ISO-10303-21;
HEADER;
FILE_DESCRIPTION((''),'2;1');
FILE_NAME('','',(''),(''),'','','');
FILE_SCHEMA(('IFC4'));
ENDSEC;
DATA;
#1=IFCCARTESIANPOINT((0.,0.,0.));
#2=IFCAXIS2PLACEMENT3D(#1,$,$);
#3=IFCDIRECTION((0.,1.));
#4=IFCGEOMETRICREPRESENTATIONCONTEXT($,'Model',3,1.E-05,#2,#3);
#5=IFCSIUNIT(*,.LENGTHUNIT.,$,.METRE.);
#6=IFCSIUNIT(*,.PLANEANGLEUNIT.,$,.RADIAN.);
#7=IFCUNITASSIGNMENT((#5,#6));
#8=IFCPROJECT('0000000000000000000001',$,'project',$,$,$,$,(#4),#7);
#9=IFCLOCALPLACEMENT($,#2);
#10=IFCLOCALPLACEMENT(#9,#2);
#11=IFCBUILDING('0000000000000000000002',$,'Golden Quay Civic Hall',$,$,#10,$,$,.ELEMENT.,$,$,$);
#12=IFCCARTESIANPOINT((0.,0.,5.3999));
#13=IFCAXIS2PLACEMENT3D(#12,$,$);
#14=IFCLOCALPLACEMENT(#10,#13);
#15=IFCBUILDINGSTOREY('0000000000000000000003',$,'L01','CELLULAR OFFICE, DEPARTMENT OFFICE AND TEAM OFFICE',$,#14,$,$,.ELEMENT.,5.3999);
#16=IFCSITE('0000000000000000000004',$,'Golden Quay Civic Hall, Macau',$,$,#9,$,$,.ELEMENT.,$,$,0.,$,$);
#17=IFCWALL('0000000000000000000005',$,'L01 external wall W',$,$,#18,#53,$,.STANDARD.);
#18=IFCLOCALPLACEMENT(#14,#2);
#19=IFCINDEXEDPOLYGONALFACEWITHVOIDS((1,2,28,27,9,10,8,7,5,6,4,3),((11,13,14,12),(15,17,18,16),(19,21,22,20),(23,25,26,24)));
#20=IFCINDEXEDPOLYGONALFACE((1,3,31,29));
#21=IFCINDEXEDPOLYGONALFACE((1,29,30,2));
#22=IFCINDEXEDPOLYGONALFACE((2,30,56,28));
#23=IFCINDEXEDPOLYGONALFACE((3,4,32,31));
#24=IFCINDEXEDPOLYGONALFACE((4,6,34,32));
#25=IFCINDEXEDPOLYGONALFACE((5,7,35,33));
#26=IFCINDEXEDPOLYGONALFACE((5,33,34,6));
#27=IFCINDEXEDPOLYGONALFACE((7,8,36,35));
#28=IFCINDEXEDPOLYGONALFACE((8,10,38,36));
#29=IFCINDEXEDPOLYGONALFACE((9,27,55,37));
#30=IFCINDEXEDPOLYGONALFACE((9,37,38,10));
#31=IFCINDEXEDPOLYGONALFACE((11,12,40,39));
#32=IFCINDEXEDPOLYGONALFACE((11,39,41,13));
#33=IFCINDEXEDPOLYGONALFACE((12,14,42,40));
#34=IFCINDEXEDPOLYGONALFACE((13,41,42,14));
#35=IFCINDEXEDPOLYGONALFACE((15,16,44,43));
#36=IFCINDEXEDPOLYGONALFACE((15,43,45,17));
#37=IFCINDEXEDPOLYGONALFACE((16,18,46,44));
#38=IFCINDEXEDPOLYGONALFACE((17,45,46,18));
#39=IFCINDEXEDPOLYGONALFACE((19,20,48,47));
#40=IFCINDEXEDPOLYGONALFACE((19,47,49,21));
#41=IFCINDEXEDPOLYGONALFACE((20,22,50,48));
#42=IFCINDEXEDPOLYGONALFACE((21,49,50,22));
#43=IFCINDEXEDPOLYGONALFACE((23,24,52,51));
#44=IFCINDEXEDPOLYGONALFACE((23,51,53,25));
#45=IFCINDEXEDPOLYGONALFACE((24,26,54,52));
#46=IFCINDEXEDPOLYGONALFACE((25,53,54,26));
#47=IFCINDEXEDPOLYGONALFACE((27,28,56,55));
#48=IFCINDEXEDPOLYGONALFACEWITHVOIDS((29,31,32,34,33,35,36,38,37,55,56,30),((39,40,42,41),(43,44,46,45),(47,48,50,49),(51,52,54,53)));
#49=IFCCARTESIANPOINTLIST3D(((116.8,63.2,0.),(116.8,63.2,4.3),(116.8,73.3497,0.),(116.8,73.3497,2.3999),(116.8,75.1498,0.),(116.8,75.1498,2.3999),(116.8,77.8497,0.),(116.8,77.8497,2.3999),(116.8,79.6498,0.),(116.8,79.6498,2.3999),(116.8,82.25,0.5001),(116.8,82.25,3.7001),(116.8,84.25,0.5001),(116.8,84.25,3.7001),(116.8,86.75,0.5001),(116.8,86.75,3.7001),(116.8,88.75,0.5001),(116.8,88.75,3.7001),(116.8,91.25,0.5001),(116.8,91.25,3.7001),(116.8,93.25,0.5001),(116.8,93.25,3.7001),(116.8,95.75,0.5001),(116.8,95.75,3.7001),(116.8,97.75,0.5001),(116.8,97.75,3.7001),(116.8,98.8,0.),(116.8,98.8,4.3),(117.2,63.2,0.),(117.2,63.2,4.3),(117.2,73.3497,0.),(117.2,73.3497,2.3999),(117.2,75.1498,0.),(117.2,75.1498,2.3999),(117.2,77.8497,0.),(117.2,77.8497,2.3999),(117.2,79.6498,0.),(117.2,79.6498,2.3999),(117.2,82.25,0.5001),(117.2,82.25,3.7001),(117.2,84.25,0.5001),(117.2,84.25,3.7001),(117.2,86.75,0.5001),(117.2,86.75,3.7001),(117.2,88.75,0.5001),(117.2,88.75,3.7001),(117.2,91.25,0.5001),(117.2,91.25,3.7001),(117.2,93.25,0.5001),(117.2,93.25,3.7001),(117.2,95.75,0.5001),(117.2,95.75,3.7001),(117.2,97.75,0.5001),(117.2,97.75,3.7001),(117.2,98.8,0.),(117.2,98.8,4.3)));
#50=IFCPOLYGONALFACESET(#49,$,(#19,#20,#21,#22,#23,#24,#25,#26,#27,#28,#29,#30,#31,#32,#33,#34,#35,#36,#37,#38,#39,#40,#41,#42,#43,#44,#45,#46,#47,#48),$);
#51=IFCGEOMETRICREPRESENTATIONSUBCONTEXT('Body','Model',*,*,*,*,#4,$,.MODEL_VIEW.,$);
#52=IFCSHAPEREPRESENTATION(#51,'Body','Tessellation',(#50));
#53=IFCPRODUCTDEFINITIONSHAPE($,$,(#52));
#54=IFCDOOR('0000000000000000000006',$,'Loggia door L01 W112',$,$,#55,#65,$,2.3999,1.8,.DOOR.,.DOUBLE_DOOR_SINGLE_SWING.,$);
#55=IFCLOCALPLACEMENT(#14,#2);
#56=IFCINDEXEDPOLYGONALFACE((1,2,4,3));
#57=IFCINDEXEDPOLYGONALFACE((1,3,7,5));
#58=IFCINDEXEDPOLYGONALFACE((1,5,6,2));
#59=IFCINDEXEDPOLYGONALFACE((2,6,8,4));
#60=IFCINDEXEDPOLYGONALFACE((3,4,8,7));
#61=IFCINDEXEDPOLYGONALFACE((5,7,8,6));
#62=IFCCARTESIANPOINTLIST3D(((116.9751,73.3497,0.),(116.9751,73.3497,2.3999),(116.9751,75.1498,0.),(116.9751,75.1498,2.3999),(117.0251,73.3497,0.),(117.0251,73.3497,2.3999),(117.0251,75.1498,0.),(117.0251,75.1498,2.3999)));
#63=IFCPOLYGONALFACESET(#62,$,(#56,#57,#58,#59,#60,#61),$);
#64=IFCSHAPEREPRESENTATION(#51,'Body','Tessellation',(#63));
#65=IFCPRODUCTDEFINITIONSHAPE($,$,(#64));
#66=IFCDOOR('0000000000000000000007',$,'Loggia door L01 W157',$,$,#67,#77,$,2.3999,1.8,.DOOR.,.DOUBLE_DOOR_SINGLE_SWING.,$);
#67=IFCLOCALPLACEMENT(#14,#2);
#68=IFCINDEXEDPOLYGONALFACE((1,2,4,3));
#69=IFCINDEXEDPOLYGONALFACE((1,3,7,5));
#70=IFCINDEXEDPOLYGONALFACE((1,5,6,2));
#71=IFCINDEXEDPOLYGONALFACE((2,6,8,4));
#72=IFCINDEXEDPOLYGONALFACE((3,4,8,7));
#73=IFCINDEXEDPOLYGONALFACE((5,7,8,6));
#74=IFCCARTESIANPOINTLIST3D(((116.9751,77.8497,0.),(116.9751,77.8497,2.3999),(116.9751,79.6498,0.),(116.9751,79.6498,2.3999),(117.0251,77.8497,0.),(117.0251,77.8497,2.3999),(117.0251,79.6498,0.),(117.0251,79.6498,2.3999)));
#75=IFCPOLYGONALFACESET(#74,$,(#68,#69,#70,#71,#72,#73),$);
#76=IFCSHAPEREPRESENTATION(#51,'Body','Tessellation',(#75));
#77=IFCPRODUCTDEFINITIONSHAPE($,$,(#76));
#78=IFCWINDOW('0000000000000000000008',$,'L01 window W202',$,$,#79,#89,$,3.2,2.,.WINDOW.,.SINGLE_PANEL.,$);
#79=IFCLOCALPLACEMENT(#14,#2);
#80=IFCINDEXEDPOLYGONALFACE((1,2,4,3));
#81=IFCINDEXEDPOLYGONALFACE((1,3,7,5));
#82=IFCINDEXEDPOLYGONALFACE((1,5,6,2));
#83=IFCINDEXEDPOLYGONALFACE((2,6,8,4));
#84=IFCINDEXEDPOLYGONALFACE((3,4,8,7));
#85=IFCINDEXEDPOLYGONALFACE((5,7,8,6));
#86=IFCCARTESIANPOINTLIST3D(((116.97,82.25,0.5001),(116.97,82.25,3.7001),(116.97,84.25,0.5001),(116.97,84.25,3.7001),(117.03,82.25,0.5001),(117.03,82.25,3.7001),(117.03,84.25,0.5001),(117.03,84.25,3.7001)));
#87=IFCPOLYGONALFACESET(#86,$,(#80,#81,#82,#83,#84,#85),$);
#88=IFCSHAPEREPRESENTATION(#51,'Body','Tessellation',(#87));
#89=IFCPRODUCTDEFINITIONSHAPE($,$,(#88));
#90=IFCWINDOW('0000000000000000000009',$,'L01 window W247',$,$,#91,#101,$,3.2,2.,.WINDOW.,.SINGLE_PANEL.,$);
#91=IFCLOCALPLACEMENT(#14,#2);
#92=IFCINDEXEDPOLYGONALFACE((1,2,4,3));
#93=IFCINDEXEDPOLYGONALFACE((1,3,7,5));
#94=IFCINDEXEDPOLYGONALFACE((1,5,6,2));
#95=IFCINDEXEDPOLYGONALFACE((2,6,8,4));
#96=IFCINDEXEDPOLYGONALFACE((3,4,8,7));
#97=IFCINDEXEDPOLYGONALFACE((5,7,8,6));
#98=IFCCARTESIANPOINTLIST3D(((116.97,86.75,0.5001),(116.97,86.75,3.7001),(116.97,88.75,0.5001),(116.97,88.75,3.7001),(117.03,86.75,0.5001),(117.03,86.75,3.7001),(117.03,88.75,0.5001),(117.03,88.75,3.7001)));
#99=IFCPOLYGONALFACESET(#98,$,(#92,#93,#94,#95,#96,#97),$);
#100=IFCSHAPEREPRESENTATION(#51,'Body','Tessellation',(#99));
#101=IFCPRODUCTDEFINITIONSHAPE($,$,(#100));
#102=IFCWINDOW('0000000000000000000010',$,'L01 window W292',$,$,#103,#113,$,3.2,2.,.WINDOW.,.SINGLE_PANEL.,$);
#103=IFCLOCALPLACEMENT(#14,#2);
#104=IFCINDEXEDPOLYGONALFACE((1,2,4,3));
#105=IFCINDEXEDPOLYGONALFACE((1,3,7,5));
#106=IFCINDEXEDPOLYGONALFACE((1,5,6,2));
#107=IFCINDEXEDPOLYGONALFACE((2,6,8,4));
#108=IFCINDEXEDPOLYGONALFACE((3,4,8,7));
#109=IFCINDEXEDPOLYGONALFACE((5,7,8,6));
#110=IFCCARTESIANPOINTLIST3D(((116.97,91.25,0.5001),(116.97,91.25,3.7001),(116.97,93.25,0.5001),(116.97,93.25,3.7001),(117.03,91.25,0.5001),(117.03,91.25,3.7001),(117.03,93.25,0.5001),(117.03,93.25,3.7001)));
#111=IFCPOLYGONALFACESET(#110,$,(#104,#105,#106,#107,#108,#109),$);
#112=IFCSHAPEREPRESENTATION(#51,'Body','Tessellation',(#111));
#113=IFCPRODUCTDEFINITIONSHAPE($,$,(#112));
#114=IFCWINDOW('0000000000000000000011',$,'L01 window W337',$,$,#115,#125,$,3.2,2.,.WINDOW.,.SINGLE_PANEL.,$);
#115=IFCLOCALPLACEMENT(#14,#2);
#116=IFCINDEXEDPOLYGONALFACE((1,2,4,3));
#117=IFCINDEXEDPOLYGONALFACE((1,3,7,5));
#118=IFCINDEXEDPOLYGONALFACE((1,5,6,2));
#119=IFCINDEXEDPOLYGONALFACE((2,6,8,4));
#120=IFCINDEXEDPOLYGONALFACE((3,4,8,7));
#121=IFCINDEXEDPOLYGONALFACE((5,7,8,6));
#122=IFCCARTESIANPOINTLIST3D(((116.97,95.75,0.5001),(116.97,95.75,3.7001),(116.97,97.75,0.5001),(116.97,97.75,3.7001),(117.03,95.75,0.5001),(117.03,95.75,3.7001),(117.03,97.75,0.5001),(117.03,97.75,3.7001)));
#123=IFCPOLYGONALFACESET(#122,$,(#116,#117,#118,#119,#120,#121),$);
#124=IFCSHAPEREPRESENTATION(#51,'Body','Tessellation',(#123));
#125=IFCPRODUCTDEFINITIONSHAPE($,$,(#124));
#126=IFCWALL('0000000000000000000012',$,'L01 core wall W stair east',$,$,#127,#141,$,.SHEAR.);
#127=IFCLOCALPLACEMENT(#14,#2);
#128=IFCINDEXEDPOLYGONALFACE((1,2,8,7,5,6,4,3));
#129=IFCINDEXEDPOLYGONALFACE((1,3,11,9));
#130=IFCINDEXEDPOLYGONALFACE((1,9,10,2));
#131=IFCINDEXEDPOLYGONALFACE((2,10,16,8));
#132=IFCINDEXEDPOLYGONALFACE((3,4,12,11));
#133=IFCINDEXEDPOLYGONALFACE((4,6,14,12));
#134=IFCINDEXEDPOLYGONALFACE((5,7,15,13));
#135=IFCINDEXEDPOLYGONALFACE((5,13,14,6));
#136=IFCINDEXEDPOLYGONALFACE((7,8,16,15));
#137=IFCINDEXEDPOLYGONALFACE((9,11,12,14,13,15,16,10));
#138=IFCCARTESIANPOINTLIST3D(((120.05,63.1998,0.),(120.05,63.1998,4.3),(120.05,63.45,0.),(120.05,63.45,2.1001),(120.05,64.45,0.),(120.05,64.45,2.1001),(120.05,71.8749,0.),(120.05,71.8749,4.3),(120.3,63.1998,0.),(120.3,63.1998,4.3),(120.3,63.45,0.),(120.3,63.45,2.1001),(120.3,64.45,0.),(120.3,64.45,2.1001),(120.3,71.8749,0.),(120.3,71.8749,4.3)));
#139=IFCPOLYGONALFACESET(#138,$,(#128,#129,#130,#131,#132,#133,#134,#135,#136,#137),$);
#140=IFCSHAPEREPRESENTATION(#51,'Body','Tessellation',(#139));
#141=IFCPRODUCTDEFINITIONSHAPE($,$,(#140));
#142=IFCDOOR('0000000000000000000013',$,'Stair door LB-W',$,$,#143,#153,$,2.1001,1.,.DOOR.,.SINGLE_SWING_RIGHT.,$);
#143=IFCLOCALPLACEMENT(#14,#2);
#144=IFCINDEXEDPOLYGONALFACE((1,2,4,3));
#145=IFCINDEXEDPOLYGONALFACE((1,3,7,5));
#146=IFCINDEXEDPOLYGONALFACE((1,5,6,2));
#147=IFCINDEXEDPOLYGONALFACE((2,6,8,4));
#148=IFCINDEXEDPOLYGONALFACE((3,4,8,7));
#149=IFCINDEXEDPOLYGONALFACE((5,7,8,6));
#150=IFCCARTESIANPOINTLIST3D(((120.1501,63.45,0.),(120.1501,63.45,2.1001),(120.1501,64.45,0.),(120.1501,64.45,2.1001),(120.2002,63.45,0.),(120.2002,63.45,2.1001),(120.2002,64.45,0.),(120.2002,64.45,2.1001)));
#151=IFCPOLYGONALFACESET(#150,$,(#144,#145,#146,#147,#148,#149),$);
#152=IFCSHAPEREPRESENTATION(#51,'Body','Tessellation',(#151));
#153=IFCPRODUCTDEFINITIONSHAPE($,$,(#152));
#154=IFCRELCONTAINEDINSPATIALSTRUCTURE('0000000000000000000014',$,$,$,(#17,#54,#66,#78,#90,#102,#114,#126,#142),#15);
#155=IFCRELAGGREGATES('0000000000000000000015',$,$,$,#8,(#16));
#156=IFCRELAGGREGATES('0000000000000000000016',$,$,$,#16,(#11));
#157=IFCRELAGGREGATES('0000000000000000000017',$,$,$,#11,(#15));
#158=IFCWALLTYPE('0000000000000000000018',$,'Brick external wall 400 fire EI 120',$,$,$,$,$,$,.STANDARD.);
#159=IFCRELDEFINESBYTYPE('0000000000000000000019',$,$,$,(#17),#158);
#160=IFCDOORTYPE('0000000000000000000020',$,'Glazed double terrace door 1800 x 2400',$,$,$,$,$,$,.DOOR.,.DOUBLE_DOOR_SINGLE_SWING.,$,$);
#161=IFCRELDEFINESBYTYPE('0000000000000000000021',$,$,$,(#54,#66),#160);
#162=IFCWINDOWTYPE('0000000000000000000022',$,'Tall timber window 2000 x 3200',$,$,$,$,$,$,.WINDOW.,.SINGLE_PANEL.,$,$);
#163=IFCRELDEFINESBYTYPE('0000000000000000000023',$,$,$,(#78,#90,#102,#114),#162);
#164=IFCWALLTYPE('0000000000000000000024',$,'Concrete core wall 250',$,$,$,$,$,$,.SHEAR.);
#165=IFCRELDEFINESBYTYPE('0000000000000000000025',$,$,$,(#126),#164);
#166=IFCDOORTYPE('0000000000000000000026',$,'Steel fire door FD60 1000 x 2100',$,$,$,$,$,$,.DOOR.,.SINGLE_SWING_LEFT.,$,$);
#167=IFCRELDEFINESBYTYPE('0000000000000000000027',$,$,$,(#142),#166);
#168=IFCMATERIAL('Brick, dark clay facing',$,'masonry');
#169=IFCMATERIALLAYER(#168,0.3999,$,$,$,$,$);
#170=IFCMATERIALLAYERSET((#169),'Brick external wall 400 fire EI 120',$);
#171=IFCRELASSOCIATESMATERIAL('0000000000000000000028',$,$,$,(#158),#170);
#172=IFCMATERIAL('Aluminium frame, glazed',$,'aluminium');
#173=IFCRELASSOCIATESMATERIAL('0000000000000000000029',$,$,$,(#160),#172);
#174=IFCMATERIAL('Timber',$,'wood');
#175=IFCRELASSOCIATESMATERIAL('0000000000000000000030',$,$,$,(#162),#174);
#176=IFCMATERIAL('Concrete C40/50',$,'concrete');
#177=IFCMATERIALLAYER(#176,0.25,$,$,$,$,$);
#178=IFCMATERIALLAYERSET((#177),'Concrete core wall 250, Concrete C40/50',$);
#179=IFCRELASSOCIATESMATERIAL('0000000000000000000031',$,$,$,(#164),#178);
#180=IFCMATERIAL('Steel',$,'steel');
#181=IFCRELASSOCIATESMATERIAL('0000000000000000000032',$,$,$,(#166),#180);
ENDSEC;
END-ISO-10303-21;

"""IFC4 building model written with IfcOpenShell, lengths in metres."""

from ifc_helpers import new_model, si_unit, direction, frame, frame_2d, origin, place, context, subcontext, project, spatial, rectangle, extrude, material, layer, layer_set, type_object, element, fill, save


model = new_model("IFC4")

# Units and contexts
model_context = context("Model", 3, precision=1e-05, world=origin(), true_north=direction((0.0, 1.0)))
body_context = subcontext(model_context, "Body", "Model", "MODEL_VIEW")
ifc_project = project(units=[si_unit("LENGTHUNIT", "METRE"), si_unit("PLANEANGLEUNIT", "RADIAN")], contexts=[model_context])

# Site, building, storey
site_placement = place(None, origin())
site = spatial("IfcSite", under=ifc_project, at=site_placement, Name="Golden Quay Civic Hall, Macau", CompositionType="ELEMENT", RefElevation=0.0)
building_placement = place(site_placement, origin())
building = spatial("IfcBuilding", under=site, at=building_placement, Name="Golden Quay Civic Hall", CompositionType="ELEMENT")
storey_placement = place(building_placement, frame((0.0, 0.0, 5.3999)))
storey = spatial("IfcBuildingStorey", under=building, at=storey_placement, Name="L01", Description="CELLULAR OFFICE, DEPARTMENT OFFICE AND TEAM OFFICE", CompositionType="ELEMENT", Elevation=5.3999)

# Wall, openings, doors, windows
ifc_material_1 = material(Name="Brick, dark clay facing", Category="masonry")
ifc_layer_1 = layer(ifc_material_1, 0.3999)
ifc_layer_set_1 = layer_set([ifc_layer_1], Name="Brick external wall 400 fire EI 120")
wall_type_1 = type_object("IfcWallType", Name="Brick external wall 400 fire EI 120", PredefinedType="STANDARD", material=ifc_layer_set_1)
wall_1_placement = place(storey_placement, frame((117.0, 63.2, 0.0), z_axis=(0.0, 0.0, 1.0), x_axis=(0.0, 1.0, 0.0)))
wall_1 = element("IfcWall", 1, at=wall_1_placement, inside=storey, type_object=wall_type_1, Name="L01 external wall W", PredefinedType="STANDARD", context=body_context, shape_type="SweptSolid", body=[
    extrude(rectangle(XDim=35.6001, YDim=0.3999, at=frame_2d((17.8, 0.0))), origin(), (0.0, 0.0, 1.0), 4.3),
])
opening_1_placement = place(wall_1_placement, frame((19.05, 0.0, 0.5)))
opening_1 = element("IfcOpeningElement", 2, at=opening_1_placement, cuts=wall_1, PredefinedType="OPENING", context=body_context, shape_type="SweptSolid", body=[
    extrude(rectangle(XDim=2.0, YDim=3.2, at=frame_2d((1.0, 1.6001))), frame((0.0, 0.21, 0.0), z_axis=(0.0, -1.0, 0.0), x_axis=(1.0, 0.0, 0.0)), (0.0, 0.0, 1.0), 0.4199),
])
opening_2_placement = place(wall_1_placement, frame((23.55, 0.0, 0.5)))
opening_2 = element("IfcOpeningElement", 3, at=opening_2_placement, cuts=wall_1, PredefinedType="OPENING", context=body_context, shape_type="SweptSolid", body=[
    extrude(rectangle(XDim=2.0, YDim=3.2, at=frame_2d((1.0, 1.6001))), frame((0.0, 0.21, 0.0), z_axis=(0.0, -1.0, 0.0), x_axis=(1.0, 0.0, 0.0)), (0.0, 0.0, 1.0), 0.4199),
])
opening_3_placement = place(wall_1_placement, frame((28.05, 0.0, 0.5)))
opening_3 = element("IfcOpeningElement", 4, at=opening_3_placement, cuts=wall_1, PredefinedType="OPENING", context=body_context, shape_type="SweptSolid", body=[
    extrude(rectangle(XDim=2.0, YDim=3.2, at=frame_2d((1.0, 1.6001))), frame((0.0, 0.21, 0.0), z_axis=(0.0, -1.0, 0.0), x_axis=(1.0, 0.0, 0.0)), (0.0, 0.0, 1.0), 0.4199),
])
opening_4_placement = place(wall_1_placement, frame((32.55, 0.0, 0.5)))
opening_4 = element("IfcOpeningElement", 5, at=opening_4_placement, cuts=wall_1, PredefinedType="OPENING", context=body_context, shape_type="SweptSolid", body=[
    extrude(rectangle(XDim=2.0, YDim=3.2, at=frame_2d((1.0, 1.6001))), frame((0.0, 0.21, 0.0), z_axis=(0.0, -1.0, 0.0), x_axis=(1.0, 0.0, 0.0)), (0.0, 0.0, 1.0), 0.4199),
])
opening_5_placement = place(wall_1_placement, frame((10.1499, 0.0, 0.0)))
opening_5 = element("IfcOpeningElement", 6, at=opening_5_placement, cuts=wall_1, PredefinedType="OPENING", context=body_context, shape_type="SweptSolid", body=[
    extrude(rectangle(XDim=1.8, YDim=2.3999, at=frame_2d((0.8999, 1.2))), frame((0.0, 0.21, 0.0), z_axis=(0.0, -1.0, 0.0), x_axis=(1.0, 0.0, 0.0)), (0.0, 0.0, 1.0), 0.4199),
])
opening_6_placement = place(wall_1_placement, frame((14.6499, 0.0, 0.0)))
opening_6 = element("IfcOpeningElement", 7, at=opening_6_placement, cuts=wall_1, PredefinedType="OPENING", context=body_context, shape_type="SweptSolid", body=[
    extrude(rectangle(XDim=1.8, YDim=2.3999, at=frame_2d((0.8999, 1.2))), frame((0.0, 0.21, 0.0), z_axis=(0.0, -1.0, 0.0), x_axis=(1.0, 0.0, 0.0)), (0.0, 0.0, 1.0), 0.4199),
])
ifc_material_2 = material(Name="Aluminium frame, glazed", Category="aluminium")
door_type_1 = type_object("IfcDoorType", Name="Glazed double terrace door 1800 x 2400", OperationType="DOUBLE_DOOR_SINGLE_SWING", PredefinedType="DOOR", material=ifc_material_2)
door_1_placement = place(opening_5_placement, origin())
door_1 = element("IfcDoor", 8, at=door_1_placement, inside=storey, type_object=door_type_1, Name="Loggia door L01 W112", OperationType="DOUBLE_DOOR_SINGLE_SWING", OverallHeight=2.3999, OverallWidth=1.8, PredefinedType="DOOR", context=body_context, shape_type="SweptSolid", body=[
    extrude(rectangle(XDim=1.8, YDim=2.3999, at=frame_2d((0.8999, 1.2))), frame((0.0, 0.0249, 0.0), z_axis=(0.0, -1.0, 0.0), x_axis=(1.0, 0.0, 0.0)), (0.0, 0.0, 1.0), 0.05),
])
fill(opening_5, door_1)
door_2_placement = place(opening_6_placement, origin())
door_2 = element("IfcDoor", 9, at=door_2_placement, inside=storey, type_object=door_type_1, Name="Loggia door L01 W157", OperationType="DOUBLE_DOOR_SINGLE_SWING", OverallHeight=2.3999, OverallWidth=1.8, PredefinedType="DOOR", context=body_context, shape_type="SweptSolid", body=[
    extrude(rectangle(XDim=1.8, YDim=2.3999, at=frame_2d((0.8999, 1.2))), frame((0.0, 0.0249, 0.0), z_axis=(0.0, -1.0, 0.0), x_axis=(1.0, 0.0, 0.0)), (0.0, 0.0, 1.0), 0.05),
])
fill(opening_6, door_2)
ifc_material_3 = material(Name="Timber", Category="wood")
window_type = type_object("IfcWindowType", Name="Tall timber window 2000 x 3200", PartitioningType="SINGLE_PANEL", PredefinedType="WINDOW", material=ifc_material_3)
window_1_placement = place(opening_1_placement, origin())
window_1 = element("IfcWindow", 10, at=window_1_placement, inside=storey, type_object=window_type, Name="L01 window W202", OverallHeight=3.2, OverallWidth=2.0, PartitioningType="SINGLE_PANEL", PredefinedType="WINDOW", context=body_context, shape_type="SweptSolid", body=[
    extrude(rectangle(XDim=2.0, YDim=3.2, at=frame_2d((1.0, 1.6001))), frame((0.0, 0.03, 0.0), z_axis=(0.0, -1.0, 0.0), x_axis=(1.0, 0.0, 0.0)), (0.0, 0.0, 1.0), 0.0601),
])
fill(opening_1, window_1)
window_2_placement = place(opening_2_placement, origin())
window_2 = element("IfcWindow", 11, at=window_2_placement, inside=storey, type_object=window_type, Name="L01 window W247", OverallHeight=3.2, OverallWidth=2.0, PartitioningType="SINGLE_PANEL", PredefinedType="WINDOW", context=body_context, shape_type="SweptSolid", body=[
    extrude(rectangle(XDim=2.0, YDim=3.2, at=frame_2d((1.0, 1.6001))), frame((0.0, 0.03, 0.0), z_axis=(0.0, -1.0, 0.0), x_axis=(1.0, 0.0, 0.0)), (0.0, 0.0, 1.0), 0.0601),
])
fill(opening_2, window_2)
window_3_placement = place(opening_3_placement, origin())
window_3 = element("IfcWindow", 12, at=window_3_placement, inside=storey, type_object=window_type, Name="L01 window W292", OverallHeight=3.2, OverallWidth=2.0, PartitioningType="SINGLE_PANEL", PredefinedType="WINDOW", context=body_context, shape_type="SweptSolid", body=[
    extrude(rectangle(XDim=2.0, YDim=3.2, at=frame_2d((1.0, 1.6001))), frame((0.0, 0.03, 0.0), z_axis=(0.0, -1.0, 0.0), x_axis=(1.0, 0.0, 0.0)), (0.0, 0.0, 1.0), 0.0601),
])
fill(opening_3, window_3)
window_4_placement = place(opening_4_placement, origin())
window_4 = element("IfcWindow", 13, at=window_4_placement, inside=storey, type_object=window_type, Name="L01 window W337", OverallHeight=3.2, OverallWidth=2.0, PartitioningType="SINGLE_PANEL", PredefinedType="WINDOW", context=body_context, shape_type="SweptSolid", body=[
    extrude(rectangle(XDim=2.0, YDim=3.2, at=frame_2d((1.0, 1.6001))), frame((0.0, 0.03, 0.0), z_axis=(0.0, -1.0, 0.0), x_axis=(1.0, 0.0, 0.0)), (0.0, 0.0, 1.0), 0.0601),
])
fill(opening_4, window_4)

# Wall, opening, door
ifc_material_4 = material(Name="Concrete C40/50", Category="concrete")
ifc_layer_2 = layer(ifc_material_4, 0.25)
ifc_layer_set_2 = layer_set([ifc_layer_2], Name="Concrete core wall 250, Concrete C40/50")
wall_type_2 = type_object("IfcWallType", Name="Concrete core wall 250", PredefinedType="SHEAR", material=ifc_layer_set_2)
wall_2_placement = place(storey_placement, frame((120.175, 63.2, 0.0), z_axis=(0.0, 0.0, 1.0), x_axis=(0.0, 1.0, 0.0)))
wall_2 = element("IfcWall", 14, at=wall_2_placement, inside=storey, type_object=wall_type_2, Name="L01 core wall W stair east", PredefinedType="SHEAR", context=body_context, shape_type="SweptSolid", body=[
    extrude(rectangle(XDim=8.675, YDim=0.25, at=frame_2d((4.3374, 0.0))), origin(), (0.0, 0.0, 1.0), 4.3),
])
opening_7_placement = place(wall_2_placement, frame((0.25, 0.0, 0.0)))
opening_7 = element("IfcOpeningElement", 15, at=opening_7_placement, cuts=wall_2, PredefinedType="OPENING", context=body_context, shape_type="SweptSolid", body=[
    extrude(rectangle(XDim=1.0, YDim=2.1001, at=frame_2d((0.5, 1.05))), frame((0.0, 0.135, 0.0), z_axis=(0.0, -1.0, 0.0), x_axis=(1.0, 0.0, 0.0)), (0.0, 0.0, 1.0), 0.27),
])
ifc_material_5 = material(Name="Steel", Category="steel")
door_type_2 = type_object("IfcDoorType", Name="Steel fire door FD60 1000 x 2100", OperationType="SINGLE_SWING_LEFT", PredefinedType="DOOR", material=ifc_material_5)
door_3_placement = place(opening_7_placement, frame((1.0, 0.0, 0.0), z_axis=(0.0, 0.0, 1.0), x_axis=(-1.0, 0.0, 0.0)))
door_3 = element("IfcDoor", 16, at=door_3_placement, inside=storey, type_object=door_type_2, Name="Stair door LB-W", OperationType="SINGLE_SWING_RIGHT", OverallHeight=2.1001, OverallWidth=1.0, PredefinedType="DOOR", context=body_context, shape_type="SweptSolid", body=[
    extrude(rectangle(XDim=1.0, YDim=2.1001, at=frame_2d((0.5, 1.05))), frame((0.0, 0.0251, 0.0), z_axis=(0.0, -1.0, 0.0), x_axis=(1.0, 0.0, 0.0)), (0.0, 0.0, 1.0), 0.05),
])
fill(opening_7, door_3)

save(model, "model.ifc")
